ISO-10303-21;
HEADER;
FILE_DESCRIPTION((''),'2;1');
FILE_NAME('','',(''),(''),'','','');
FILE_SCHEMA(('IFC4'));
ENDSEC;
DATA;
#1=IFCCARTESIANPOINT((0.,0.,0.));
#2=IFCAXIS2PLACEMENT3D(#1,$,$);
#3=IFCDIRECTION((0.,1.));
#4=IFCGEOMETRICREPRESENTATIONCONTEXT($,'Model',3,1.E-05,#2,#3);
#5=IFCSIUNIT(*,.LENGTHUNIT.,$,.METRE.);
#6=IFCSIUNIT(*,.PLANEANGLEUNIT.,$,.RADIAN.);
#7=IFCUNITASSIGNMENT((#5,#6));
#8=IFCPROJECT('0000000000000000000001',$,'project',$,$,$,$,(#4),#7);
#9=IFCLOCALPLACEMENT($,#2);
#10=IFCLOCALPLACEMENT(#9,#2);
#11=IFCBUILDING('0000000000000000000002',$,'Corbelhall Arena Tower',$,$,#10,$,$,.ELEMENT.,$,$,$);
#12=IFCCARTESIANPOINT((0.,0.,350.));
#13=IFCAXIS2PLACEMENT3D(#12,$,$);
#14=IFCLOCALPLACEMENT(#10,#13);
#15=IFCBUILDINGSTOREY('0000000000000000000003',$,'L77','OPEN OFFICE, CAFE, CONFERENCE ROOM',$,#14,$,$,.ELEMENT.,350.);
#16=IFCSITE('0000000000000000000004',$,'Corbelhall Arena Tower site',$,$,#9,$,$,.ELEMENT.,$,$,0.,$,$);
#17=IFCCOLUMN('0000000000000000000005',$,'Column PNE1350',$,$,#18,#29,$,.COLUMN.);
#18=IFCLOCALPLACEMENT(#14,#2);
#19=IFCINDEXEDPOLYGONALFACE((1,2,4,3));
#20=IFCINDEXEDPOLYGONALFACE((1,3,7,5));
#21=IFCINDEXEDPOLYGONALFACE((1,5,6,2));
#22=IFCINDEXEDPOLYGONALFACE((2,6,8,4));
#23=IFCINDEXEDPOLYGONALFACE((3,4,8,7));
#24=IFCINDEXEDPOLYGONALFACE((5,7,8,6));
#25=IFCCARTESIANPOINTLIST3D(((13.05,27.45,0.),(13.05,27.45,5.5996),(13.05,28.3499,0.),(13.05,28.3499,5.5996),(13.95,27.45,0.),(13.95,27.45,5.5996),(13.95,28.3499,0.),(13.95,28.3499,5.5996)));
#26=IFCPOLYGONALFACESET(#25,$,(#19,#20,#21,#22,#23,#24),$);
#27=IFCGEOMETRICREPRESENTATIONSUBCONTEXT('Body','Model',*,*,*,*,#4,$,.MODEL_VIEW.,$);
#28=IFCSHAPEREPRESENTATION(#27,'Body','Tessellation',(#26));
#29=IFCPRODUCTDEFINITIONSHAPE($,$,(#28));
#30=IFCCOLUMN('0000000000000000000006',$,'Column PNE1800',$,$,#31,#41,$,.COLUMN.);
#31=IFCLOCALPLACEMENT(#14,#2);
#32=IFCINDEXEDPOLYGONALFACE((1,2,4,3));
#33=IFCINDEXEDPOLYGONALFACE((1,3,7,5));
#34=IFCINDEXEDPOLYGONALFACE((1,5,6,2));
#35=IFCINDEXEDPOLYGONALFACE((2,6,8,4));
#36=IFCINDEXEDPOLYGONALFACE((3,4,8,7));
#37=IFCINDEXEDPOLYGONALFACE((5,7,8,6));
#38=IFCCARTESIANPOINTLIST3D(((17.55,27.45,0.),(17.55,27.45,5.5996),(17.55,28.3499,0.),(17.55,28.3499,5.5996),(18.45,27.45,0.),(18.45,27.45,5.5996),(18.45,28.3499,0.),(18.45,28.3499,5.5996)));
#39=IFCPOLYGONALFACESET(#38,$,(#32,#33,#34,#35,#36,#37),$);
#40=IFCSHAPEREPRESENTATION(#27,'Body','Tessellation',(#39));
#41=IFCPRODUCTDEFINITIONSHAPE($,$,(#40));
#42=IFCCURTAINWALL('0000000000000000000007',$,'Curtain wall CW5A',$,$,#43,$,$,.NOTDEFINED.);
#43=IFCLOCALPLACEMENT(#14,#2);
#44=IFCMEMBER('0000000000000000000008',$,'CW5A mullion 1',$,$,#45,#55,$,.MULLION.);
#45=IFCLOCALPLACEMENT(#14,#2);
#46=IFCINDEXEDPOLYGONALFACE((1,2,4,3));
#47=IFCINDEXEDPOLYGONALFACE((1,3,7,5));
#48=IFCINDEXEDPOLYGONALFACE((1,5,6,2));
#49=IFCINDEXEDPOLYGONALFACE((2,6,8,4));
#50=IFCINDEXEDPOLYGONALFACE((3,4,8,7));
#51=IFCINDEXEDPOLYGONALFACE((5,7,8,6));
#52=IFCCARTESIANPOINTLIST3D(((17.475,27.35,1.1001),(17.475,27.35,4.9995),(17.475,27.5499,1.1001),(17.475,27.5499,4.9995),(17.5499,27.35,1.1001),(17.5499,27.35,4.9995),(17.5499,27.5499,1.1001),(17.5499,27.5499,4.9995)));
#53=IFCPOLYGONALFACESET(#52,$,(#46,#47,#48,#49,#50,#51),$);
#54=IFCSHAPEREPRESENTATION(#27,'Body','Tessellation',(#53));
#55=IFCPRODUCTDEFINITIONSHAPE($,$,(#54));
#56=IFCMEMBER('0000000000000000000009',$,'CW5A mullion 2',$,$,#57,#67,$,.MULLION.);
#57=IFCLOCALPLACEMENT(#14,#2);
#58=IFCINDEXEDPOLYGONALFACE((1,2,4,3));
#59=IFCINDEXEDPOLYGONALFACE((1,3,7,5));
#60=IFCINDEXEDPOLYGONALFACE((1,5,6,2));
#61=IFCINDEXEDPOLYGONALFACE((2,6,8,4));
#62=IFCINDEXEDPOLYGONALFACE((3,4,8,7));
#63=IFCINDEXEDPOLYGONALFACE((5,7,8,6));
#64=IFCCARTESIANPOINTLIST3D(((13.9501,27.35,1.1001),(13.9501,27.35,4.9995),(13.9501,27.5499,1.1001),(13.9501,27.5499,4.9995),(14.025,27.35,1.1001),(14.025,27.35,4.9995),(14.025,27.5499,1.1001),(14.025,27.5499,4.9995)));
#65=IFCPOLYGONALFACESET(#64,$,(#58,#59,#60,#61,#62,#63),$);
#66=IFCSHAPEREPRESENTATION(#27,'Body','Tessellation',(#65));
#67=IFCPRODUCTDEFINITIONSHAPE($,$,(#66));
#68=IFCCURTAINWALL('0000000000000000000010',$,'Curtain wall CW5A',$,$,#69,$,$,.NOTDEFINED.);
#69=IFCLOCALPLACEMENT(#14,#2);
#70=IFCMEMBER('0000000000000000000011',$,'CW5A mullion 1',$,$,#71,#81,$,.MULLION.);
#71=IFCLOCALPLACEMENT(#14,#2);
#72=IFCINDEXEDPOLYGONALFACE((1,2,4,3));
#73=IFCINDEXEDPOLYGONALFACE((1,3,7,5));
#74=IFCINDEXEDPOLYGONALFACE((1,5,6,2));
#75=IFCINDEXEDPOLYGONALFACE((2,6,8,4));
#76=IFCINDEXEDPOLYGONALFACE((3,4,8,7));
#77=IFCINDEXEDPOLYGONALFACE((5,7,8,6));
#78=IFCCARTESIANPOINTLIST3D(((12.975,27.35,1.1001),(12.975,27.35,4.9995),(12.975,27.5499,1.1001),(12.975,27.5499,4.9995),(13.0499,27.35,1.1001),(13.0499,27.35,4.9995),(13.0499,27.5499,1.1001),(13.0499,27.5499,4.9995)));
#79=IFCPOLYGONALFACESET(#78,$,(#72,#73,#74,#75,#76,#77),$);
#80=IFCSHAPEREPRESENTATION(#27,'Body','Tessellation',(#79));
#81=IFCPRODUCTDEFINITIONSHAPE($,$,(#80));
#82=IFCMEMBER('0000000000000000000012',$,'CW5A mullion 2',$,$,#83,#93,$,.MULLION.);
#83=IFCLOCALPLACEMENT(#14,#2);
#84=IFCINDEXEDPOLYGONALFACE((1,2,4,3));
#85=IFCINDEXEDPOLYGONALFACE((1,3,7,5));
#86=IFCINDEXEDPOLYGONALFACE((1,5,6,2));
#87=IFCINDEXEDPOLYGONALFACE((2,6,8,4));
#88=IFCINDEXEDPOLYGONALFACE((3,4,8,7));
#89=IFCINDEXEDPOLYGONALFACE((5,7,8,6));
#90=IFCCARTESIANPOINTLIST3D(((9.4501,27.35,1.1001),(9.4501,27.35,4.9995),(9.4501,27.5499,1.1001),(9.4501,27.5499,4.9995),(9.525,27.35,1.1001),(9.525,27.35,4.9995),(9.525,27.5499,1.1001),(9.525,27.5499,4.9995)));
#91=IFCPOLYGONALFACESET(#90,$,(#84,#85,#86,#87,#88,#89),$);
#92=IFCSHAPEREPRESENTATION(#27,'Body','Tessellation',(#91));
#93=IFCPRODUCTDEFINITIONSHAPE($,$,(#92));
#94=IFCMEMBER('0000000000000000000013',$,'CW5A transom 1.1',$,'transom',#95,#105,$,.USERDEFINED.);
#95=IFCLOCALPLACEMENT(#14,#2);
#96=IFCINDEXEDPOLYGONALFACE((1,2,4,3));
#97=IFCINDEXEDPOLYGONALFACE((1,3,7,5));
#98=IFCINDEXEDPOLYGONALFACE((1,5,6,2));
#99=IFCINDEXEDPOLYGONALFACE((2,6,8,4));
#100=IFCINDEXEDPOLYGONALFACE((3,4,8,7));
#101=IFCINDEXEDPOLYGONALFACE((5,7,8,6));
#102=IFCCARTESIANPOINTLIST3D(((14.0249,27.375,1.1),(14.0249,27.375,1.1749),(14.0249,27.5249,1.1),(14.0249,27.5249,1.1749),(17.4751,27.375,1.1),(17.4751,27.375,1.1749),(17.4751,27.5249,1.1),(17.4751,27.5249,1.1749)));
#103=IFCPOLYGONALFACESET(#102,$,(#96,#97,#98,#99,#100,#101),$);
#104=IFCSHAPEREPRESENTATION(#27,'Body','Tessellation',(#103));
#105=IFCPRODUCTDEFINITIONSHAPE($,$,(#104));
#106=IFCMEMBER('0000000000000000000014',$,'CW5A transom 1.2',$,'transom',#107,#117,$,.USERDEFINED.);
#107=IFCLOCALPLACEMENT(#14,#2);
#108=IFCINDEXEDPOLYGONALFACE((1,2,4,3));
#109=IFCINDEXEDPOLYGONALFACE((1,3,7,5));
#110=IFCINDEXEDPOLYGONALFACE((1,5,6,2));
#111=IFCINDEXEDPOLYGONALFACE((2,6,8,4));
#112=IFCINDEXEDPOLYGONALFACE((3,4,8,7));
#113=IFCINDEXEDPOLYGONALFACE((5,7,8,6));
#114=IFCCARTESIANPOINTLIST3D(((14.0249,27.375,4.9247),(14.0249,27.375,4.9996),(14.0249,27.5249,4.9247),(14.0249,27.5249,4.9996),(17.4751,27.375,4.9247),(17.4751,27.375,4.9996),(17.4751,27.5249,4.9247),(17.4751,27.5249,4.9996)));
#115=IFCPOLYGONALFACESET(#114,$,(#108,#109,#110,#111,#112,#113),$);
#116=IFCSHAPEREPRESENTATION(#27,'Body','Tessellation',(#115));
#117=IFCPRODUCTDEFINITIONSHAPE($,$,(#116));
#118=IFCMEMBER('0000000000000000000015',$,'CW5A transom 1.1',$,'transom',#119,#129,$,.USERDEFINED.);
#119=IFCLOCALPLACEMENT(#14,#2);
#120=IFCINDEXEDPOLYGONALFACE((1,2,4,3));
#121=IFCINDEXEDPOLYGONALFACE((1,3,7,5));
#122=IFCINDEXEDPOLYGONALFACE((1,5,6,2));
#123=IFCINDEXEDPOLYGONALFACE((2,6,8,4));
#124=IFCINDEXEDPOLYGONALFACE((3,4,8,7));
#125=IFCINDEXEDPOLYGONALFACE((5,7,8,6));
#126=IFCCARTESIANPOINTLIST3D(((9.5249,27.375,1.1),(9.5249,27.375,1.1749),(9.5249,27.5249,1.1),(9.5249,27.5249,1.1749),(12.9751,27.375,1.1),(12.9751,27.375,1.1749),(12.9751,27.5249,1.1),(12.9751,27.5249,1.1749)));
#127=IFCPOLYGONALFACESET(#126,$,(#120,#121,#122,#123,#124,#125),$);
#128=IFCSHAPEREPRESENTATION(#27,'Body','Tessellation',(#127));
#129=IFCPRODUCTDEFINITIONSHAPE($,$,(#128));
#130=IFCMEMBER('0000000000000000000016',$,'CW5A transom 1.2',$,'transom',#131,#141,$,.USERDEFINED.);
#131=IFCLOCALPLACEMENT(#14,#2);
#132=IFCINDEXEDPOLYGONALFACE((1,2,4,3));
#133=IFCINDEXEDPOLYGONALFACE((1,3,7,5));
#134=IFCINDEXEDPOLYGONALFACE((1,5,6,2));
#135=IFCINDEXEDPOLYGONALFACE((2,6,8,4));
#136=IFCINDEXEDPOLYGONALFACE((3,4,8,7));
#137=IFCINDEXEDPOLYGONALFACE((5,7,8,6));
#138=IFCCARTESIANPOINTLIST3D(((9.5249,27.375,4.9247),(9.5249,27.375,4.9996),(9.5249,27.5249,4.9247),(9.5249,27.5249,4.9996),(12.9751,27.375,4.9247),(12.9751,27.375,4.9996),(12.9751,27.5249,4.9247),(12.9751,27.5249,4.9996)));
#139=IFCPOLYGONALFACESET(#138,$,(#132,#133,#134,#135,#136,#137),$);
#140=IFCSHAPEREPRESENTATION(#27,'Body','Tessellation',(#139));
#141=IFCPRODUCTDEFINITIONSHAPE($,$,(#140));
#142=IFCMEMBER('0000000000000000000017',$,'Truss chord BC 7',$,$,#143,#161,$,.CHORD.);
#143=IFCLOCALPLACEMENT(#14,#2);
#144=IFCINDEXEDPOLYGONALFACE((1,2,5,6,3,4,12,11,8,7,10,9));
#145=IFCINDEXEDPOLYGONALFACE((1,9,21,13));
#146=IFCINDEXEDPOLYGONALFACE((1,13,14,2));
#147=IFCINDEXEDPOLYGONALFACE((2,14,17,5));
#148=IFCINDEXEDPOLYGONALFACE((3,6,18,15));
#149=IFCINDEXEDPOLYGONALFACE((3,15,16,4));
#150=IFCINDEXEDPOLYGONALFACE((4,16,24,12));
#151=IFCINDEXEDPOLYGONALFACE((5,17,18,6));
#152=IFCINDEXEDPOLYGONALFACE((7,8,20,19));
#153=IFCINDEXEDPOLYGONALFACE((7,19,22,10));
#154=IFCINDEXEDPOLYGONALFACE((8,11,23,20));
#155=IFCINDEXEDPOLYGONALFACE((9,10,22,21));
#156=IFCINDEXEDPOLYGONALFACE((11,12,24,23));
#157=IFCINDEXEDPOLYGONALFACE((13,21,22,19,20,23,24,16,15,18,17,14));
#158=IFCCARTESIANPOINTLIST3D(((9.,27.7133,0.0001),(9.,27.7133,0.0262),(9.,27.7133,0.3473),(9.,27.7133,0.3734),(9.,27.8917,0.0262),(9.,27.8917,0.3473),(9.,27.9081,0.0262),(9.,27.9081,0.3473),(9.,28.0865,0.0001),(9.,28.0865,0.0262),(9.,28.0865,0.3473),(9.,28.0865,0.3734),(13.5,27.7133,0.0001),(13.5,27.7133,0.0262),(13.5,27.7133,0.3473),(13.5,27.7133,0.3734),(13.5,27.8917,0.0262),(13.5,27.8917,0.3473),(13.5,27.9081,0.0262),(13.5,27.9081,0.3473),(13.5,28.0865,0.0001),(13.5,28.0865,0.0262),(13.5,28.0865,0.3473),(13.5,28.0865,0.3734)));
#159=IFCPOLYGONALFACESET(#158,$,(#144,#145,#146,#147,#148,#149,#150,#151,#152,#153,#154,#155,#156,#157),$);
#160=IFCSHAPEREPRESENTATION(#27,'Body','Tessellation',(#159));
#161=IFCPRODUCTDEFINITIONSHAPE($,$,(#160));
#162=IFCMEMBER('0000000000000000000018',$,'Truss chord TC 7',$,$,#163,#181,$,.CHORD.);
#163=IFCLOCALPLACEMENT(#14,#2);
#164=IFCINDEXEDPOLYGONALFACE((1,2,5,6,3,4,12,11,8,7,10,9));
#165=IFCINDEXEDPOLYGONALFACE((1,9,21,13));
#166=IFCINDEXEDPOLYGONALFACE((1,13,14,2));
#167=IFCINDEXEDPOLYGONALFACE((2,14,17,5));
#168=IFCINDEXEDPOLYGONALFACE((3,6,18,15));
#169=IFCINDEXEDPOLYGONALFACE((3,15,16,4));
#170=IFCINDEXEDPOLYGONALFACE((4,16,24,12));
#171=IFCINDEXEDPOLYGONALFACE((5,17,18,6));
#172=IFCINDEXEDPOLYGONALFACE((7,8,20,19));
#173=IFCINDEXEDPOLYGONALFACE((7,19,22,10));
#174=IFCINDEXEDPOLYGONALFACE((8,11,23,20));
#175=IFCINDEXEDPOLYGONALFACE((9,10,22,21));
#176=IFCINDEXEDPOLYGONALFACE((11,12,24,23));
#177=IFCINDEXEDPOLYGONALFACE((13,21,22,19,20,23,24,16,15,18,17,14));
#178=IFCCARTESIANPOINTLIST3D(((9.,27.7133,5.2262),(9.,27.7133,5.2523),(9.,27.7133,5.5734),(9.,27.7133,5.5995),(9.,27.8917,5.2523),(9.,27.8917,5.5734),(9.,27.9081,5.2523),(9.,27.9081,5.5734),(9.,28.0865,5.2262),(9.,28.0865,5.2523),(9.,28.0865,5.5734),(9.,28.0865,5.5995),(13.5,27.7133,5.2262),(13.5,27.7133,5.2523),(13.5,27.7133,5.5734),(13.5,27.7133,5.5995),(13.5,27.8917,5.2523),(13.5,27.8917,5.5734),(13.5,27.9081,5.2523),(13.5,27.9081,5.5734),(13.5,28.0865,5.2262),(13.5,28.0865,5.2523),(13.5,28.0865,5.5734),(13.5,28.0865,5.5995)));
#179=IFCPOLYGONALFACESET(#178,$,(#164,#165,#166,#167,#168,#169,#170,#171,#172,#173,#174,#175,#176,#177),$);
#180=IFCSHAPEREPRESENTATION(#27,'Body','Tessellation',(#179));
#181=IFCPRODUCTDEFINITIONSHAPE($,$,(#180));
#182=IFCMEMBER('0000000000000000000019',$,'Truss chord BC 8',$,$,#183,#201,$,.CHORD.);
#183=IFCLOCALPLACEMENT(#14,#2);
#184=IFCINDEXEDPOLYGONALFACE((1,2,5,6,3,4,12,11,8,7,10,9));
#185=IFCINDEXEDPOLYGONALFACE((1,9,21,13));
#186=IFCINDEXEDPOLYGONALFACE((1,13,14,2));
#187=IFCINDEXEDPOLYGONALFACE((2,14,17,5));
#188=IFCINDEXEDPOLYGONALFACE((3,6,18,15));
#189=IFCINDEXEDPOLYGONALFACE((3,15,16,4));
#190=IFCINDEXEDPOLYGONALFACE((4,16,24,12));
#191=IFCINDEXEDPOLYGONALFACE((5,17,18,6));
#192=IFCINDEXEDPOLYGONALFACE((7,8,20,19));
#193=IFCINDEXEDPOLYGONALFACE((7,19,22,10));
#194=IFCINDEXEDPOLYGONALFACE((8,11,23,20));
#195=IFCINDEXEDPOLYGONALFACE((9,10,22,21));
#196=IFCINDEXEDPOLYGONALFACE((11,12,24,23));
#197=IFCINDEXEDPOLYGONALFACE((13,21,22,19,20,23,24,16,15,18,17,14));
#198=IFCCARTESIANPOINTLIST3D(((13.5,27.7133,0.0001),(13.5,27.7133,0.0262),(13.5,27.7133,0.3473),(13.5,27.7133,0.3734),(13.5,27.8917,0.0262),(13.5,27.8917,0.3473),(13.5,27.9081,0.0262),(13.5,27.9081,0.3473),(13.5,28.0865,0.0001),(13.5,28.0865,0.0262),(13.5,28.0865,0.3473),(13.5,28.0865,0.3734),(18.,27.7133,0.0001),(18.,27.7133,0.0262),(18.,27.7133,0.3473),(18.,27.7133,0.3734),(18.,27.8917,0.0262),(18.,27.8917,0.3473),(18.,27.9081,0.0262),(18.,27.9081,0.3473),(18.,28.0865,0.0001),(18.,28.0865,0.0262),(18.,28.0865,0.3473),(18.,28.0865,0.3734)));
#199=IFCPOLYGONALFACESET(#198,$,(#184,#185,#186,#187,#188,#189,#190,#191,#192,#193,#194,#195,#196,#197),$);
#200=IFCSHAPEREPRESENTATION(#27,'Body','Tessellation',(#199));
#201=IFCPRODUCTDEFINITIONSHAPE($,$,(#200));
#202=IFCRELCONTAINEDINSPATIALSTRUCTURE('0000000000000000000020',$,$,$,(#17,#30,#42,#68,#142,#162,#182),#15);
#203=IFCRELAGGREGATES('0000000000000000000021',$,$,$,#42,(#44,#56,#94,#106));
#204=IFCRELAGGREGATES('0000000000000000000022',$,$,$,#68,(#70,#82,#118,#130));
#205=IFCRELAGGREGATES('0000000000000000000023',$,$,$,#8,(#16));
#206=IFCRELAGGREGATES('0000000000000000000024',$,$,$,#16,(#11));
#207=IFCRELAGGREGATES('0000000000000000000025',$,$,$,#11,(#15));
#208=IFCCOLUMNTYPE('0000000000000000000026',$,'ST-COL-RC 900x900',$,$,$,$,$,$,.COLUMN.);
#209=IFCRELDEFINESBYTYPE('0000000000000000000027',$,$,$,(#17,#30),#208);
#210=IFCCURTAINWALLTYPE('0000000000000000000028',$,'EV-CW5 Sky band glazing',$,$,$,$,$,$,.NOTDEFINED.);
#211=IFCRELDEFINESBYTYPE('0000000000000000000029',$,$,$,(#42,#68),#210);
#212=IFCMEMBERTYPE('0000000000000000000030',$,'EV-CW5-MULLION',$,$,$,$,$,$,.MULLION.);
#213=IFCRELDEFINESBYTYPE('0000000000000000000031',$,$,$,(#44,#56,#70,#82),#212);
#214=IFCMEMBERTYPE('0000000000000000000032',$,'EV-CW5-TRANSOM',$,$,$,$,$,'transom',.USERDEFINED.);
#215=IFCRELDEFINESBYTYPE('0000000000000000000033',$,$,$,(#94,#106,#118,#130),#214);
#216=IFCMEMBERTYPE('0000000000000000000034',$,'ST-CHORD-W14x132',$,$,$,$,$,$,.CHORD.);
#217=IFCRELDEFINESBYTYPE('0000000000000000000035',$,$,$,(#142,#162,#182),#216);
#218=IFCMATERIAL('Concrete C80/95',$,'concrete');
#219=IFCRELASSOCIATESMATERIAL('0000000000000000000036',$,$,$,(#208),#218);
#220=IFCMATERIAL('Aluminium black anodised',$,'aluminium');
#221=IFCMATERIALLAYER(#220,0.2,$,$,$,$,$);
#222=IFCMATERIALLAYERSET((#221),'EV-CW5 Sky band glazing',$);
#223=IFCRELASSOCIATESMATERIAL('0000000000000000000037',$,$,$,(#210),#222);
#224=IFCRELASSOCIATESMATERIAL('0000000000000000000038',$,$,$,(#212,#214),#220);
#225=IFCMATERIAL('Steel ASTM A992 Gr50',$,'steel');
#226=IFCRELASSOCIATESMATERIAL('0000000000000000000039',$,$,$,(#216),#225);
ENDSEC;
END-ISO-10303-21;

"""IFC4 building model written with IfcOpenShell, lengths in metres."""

from ifc_helpers import new_model, si_unit, direction, frame, origin, origin_2d, place, context, subcontext, project, spatial, rectangle, i_section, extrude, material, layer, layer_set, material_profile, profile_set, type_object, element, aggregate, save


model = new_model("IFC4")

# Units and contexts
model_context = context("Model", 3, precision=1e-05, world=origin(), true_north=direction((0.0, 1.0)))
body_context = subcontext(model_context, "Body", "Model", "MODEL_VIEW")
ifc_project = project(units=[si_unit("LENGTHUNIT", "METRE"), si_unit("PLANEANGLEUNIT", "RADIAN")], contexts=[model_context])

# Site, building, storey
site_placement = place(None, origin())
site = spatial("IfcSite", under=ifc_project, at=site_placement, Name="Corbelhall Arena Tower site", CompositionType="ELEMENT", RefElevation=0.0)
building_placement = place(site_placement, origin())
building = spatial("IfcBuilding", under=site, at=building_placement, Name="Corbelhall Arena Tower", CompositionType="ELEMENT")
storey_placement = place(building_placement, frame((0.0, 0.0, 350.0)))
storey = spatial("IfcBuildingStorey", under=building, at=storey_placement, Name="L77", Description="OPEN OFFICE, CAFE, CONFERENCE ROOM", CompositionType="ELEMENT", Elevation=350.0)

# Columns
ifc_material_1 = material(Name="Concrete C80/95", Category="concrete")
ifc_material_profile_1 = material_profile(ifc_material_1, rectangle(XDim=0.8999, YDim=0.8999, at=origin_2d()))
ifc_profile_set_1 = profile_set([ifc_material_profile_1], Name="Concrete C80/95")
column_type = type_object("IfcColumnType", Name="ST-COL-RC 900x900", PredefinedType="COLUMN", material=ifc_profile_set_1)
for number, where, z_axis, x_axis, name in (
    (1, (13.5, 27.8999, 0.0), (0.0, 0.0, 1.0), (1.0, 0.0, 0.0), "Column PNE1350"),
    (2, (18.0, 27.8999, 0.0), (0.0, 0.0, 1.0), (1.0, 0.0, 0.0), "Column PNE1800"),
):
    element("IfcColumn", number, at=place(storey_placement, frame(where, z_axis=z_axis, x_axis=x_axis)), inside=storey, type_object=column_type, Name=name, PredefinedType="COLUMN", context=body_context, shape_type="SweptSolid", body=[
        extrude(rectangle(XDim=0.8999, YDim=0.8999, at=origin_2d()), origin(), (0.0, 0.0, 1.0), 5.5996),
    ])

# Curtain walls, members
ifc_material_2 = material(Name="Aluminium black anodised", Category="aluminium")
ifc_layer_1 = layer(ifc_material_2, 0.2)
ifc_layer_set_1 = layer_set([ifc_layer_1], Name="EV-CW5 Sky band glazing")
curtain_wall_type = type_object("IfcCurtainWallType", Name="EV-CW5 Sky band glazing", PredefinedType="NOTDEFINED", material=ifc_layer_set_1)
curtain_wall_1_placement = place(storey_placement, origin())
curtain_wall_1 = element("IfcCurtainWall", 3, at=curtain_wall_1_placement, inside=storey, type_object=curtain_wall_type, Name="Curtain wall CW5A", PredefinedType="NOTDEFINED")
ifc_material_profile_2 = material_profile(ifc_material_2, rectangle(XDim=0.2, YDim=0.075, at=origin_2d()))
ifc_profile_set_2 = profile_set([ifc_material_profile_2], Name="Aluminium black anodised")
member_type_1 = type_object("IfcMemberType", Name="EV-CW5-MULLION", PredefinedType="MULLION", material=ifc_profile_set_2)
member_1_placement = place(storey_placement, frame((17.5125, 27.45, 1.1001), z_axis=(0.0, 0.0, 1.0), x_axis=(0.0, -1.0, 0.0)))
member_1 = element("IfcMember", 4, at=member_1_placement, type_object=member_type_1, Name="CW5A mullion 1", PredefinedType="MULLION", context=body_context, shape_type="SweptSolid", body=[
    extrude(rectangle(XDim=0.2, YDim=0.075, at=origin_2d()), origin(), (0.0, 0.0, 1.0), 3.8994),
])
member_2_placement = place(storey_placement, frame((13.9875, 27.45, 1.1001), z_axis=(0.0, 0.0, 1.0), x_axis=(0.0, -1.0, 0.0)))
member_2 = element("IfcMember", 5, at=member_2_placement, type_object=member_type_1, Name="CW5A mullion 2", PredefinedType="MULLION", context=body_context, shape_type="SweptSolid", body=[
    extrude(rectangle(XDim=0.2, YDim=0.075, at=origin_2d()), origin(), (0.0, 0.0, 1.0), 3.8994),
])
curtain_wall_2_placement = place(storey_placement, origin())
curtain_wall_2 = element("IfcCurtainWall", 6, at=curtain_wall_2_placement, inside=storey, type_object=curtain_wall_type, Name="Curtain wall CW5A", PredefinedType="NOTDEFINED")
member_3_placement = place(storey_placement, frame((13.0125, 27.45, 1.1001), z_axis=(0.0, 0.0, 1.0), x_axis=(0.0, -1.0, 0.0)))
member_3 = element("IfcMember", 7, at=member_3_placement, type_object=member_type_1, Name="CW5A mullion 1", PredefinedType="MULLION", context=body_context, shape_type="SweptSolid", body=[
    extrude(rectangle(XDim=0.2, YDim=0.075, at=origin_2d()), origin(), (0.0, 0.0, 1.0), 3.8994),
])
member_4_placement = place(storey_placement, frame((9.4875, 27.45, 1.1001), z_axis=(0.0, 0.0, 1.0), x_axis=(0.0, -1.0, 0.0)))
member_4 = element("IfcMember", 8, at=member_4_placement, type_object=member_type_1, Name="CW5A mullion 2", PredefinedType="MULLION", context=body_context, shape_type="SweptSolid", body=[
    extrude(rectangle(XDim=0.2, YDim=0.075, at=origin_2d()), origin(), (0.0, 0.0, 1.0), 3.8994),
])

# Members
ifc_material_profile_3 = material_profile(ifc_material_2, rectangle(XDim=0.1499, YDim=0.075, at=origin_2d()))
ifc_profile_set_3 = profile_set([ifc_material_profile_3], Name="Aluminium black anodised")
member_type_2 = type_object("IfcMemberType", Name="EV-CW5-TRANSOM", ElementType="transom", PredefinedType="USERDEFINED", material=ifc_profile_set_3)
member_5_placement = place(storey_placement, frame((17.4751, 27.45, 1.1375), z_axis=(-1.0, 0.0, 0.0), x_axis=(0.0, -1.0, 0.0)))
member_5 = element("IfcMember", 9, at=member_5_placement, type_object=member_type_2, Name="CW5A transom 1.1", ObjectType="transom", PredefinedType="USERDEFINED", context=body_context, shape_type="SweptSolid", body=[
    extrude(rectangle(XDim=0.1499, YDim=0.075, at=origin_2d()), origin(), (0.0, 0.0, 1.0), 3.4502),
])
member_6_placement = place(storey_placement, frame((17.4751, 27.45, 4.9622), z_axis=(-1.0, 0.0, 0.0), x_axis=(0.0, -1.0, 0.0)))
member_6 = element("IfcMember", 10, at=member_6_placement, type_object=member_type_2, Name="CW5A transom 1.2", ObjectType="transom", PredefinedType="USERDEFINED", context=body_context, shape_type="SweptSolid", body=[
    extrude(rectangle(XDim=0.1499, YDim=0.075, at=origin_2d()), origin(), (0.0, 0.0, 1.0), 3.4502),
])
member_7_placement = place(storey_placement, frame((12.9751, 27.45, 1.1375), z_axis=(-1.0, 0.0, 0.0), x_axis=(0.0, -1.0, 0.0)))
member_7 = element("IfcMember", 11, at=member_7_placement, type_object=member_type_2, Name="CW5A transom 1.1", ObjectType="transom", PredefinedType="USERDEFINED", context=body_context, shape_type="SweptSolid", body=[
    extrude(rectangle(XDim=0.1499, YDim=0.075, at=origin_2d()), origin(), (0.0, 0.0, 1.0), 3.4502),
])
member_8_placement = place(storey_placement, frame((12.9751, 27.45, 4.9622), z_axis=(-1.0, 0.0, 0.0), x_axis=(0.0, -1.0, 0.0)))
member_8 = element("IfcMember", 12, at=member_8_placement, type_object=member_type_2, Name="CW5A transom 1.2", ObjectType="transom", PredefinedType="USERDEFINED", context=body_context, shape_type="SweptSolid", body=[
    extrude(rectangle(XDim=0.1499, YDim=0.075, at=origin_2d()), origin(), (0.0, 0.0, 1.0), 3.4502),
])

# Members
ifc_material_3 = material(Name="Steel ASTM A992 Gr50", Category="steel")
ifc_material_profile_4 = material_profile(ifc_material_3, i_section(OverallWidth=0.3733, OverallDepth=0.3733, WebThickness=0.0164, FlangeThickness=0.0261, at=origin_2d()))
ifc_profile_set_4 = profile_set([ifc_material_profile_4], Name="Steel ASTM A992 Gr50")
member_type_3 = type_object("IfcMemberType", Name="ST-CHORD-W14x132", PredefinedType="CHORD", material=ifc_profile_set_4)
for number, where, z_axis, x_axis, name in (
    (13, (9.0, 27.8999, 0.1868), (1.0, 0.0, 0.0), (0.0, 1.0, 0.0), "Truss chord BC 7"),
    (14, (9.0, 27.8999, 5.4128), (1.0, 0.0, 0.0), (0.0, 1.0, 0.0), "Truss chord TC 7"),
    (15, (13.5, 27.8999, 0.1868), (1.0, 0.0, 0.0), (0.0, 1.0, 0.0), "Truss chord BC 8"),
):
    element("IfcMember", number, at=place(storey_placement, frame(where, z_axis=z_axis, x_axis=x_axis)), inside=storey, type_object=member_type_3, Name=name, PredefinedType="CHORD", context=body_context, shape_type="SweptSolid", body=[
        extrude(i_section(OverallWidth=0.3733, OverallDepth=0.3733, WebThickness=0.0164, FlangeThickness=0.0261, at=origin_2d()), origin(), (0.0, 0.0, 1.0), 4.5),
    ])

aggregate(curtain_wall_1, [member_1, member_2, member_5, member_6])
aggregate(curtain_wall_2, [member_3, member_4, member_7, member_8])

save(model, "model.ifc")
